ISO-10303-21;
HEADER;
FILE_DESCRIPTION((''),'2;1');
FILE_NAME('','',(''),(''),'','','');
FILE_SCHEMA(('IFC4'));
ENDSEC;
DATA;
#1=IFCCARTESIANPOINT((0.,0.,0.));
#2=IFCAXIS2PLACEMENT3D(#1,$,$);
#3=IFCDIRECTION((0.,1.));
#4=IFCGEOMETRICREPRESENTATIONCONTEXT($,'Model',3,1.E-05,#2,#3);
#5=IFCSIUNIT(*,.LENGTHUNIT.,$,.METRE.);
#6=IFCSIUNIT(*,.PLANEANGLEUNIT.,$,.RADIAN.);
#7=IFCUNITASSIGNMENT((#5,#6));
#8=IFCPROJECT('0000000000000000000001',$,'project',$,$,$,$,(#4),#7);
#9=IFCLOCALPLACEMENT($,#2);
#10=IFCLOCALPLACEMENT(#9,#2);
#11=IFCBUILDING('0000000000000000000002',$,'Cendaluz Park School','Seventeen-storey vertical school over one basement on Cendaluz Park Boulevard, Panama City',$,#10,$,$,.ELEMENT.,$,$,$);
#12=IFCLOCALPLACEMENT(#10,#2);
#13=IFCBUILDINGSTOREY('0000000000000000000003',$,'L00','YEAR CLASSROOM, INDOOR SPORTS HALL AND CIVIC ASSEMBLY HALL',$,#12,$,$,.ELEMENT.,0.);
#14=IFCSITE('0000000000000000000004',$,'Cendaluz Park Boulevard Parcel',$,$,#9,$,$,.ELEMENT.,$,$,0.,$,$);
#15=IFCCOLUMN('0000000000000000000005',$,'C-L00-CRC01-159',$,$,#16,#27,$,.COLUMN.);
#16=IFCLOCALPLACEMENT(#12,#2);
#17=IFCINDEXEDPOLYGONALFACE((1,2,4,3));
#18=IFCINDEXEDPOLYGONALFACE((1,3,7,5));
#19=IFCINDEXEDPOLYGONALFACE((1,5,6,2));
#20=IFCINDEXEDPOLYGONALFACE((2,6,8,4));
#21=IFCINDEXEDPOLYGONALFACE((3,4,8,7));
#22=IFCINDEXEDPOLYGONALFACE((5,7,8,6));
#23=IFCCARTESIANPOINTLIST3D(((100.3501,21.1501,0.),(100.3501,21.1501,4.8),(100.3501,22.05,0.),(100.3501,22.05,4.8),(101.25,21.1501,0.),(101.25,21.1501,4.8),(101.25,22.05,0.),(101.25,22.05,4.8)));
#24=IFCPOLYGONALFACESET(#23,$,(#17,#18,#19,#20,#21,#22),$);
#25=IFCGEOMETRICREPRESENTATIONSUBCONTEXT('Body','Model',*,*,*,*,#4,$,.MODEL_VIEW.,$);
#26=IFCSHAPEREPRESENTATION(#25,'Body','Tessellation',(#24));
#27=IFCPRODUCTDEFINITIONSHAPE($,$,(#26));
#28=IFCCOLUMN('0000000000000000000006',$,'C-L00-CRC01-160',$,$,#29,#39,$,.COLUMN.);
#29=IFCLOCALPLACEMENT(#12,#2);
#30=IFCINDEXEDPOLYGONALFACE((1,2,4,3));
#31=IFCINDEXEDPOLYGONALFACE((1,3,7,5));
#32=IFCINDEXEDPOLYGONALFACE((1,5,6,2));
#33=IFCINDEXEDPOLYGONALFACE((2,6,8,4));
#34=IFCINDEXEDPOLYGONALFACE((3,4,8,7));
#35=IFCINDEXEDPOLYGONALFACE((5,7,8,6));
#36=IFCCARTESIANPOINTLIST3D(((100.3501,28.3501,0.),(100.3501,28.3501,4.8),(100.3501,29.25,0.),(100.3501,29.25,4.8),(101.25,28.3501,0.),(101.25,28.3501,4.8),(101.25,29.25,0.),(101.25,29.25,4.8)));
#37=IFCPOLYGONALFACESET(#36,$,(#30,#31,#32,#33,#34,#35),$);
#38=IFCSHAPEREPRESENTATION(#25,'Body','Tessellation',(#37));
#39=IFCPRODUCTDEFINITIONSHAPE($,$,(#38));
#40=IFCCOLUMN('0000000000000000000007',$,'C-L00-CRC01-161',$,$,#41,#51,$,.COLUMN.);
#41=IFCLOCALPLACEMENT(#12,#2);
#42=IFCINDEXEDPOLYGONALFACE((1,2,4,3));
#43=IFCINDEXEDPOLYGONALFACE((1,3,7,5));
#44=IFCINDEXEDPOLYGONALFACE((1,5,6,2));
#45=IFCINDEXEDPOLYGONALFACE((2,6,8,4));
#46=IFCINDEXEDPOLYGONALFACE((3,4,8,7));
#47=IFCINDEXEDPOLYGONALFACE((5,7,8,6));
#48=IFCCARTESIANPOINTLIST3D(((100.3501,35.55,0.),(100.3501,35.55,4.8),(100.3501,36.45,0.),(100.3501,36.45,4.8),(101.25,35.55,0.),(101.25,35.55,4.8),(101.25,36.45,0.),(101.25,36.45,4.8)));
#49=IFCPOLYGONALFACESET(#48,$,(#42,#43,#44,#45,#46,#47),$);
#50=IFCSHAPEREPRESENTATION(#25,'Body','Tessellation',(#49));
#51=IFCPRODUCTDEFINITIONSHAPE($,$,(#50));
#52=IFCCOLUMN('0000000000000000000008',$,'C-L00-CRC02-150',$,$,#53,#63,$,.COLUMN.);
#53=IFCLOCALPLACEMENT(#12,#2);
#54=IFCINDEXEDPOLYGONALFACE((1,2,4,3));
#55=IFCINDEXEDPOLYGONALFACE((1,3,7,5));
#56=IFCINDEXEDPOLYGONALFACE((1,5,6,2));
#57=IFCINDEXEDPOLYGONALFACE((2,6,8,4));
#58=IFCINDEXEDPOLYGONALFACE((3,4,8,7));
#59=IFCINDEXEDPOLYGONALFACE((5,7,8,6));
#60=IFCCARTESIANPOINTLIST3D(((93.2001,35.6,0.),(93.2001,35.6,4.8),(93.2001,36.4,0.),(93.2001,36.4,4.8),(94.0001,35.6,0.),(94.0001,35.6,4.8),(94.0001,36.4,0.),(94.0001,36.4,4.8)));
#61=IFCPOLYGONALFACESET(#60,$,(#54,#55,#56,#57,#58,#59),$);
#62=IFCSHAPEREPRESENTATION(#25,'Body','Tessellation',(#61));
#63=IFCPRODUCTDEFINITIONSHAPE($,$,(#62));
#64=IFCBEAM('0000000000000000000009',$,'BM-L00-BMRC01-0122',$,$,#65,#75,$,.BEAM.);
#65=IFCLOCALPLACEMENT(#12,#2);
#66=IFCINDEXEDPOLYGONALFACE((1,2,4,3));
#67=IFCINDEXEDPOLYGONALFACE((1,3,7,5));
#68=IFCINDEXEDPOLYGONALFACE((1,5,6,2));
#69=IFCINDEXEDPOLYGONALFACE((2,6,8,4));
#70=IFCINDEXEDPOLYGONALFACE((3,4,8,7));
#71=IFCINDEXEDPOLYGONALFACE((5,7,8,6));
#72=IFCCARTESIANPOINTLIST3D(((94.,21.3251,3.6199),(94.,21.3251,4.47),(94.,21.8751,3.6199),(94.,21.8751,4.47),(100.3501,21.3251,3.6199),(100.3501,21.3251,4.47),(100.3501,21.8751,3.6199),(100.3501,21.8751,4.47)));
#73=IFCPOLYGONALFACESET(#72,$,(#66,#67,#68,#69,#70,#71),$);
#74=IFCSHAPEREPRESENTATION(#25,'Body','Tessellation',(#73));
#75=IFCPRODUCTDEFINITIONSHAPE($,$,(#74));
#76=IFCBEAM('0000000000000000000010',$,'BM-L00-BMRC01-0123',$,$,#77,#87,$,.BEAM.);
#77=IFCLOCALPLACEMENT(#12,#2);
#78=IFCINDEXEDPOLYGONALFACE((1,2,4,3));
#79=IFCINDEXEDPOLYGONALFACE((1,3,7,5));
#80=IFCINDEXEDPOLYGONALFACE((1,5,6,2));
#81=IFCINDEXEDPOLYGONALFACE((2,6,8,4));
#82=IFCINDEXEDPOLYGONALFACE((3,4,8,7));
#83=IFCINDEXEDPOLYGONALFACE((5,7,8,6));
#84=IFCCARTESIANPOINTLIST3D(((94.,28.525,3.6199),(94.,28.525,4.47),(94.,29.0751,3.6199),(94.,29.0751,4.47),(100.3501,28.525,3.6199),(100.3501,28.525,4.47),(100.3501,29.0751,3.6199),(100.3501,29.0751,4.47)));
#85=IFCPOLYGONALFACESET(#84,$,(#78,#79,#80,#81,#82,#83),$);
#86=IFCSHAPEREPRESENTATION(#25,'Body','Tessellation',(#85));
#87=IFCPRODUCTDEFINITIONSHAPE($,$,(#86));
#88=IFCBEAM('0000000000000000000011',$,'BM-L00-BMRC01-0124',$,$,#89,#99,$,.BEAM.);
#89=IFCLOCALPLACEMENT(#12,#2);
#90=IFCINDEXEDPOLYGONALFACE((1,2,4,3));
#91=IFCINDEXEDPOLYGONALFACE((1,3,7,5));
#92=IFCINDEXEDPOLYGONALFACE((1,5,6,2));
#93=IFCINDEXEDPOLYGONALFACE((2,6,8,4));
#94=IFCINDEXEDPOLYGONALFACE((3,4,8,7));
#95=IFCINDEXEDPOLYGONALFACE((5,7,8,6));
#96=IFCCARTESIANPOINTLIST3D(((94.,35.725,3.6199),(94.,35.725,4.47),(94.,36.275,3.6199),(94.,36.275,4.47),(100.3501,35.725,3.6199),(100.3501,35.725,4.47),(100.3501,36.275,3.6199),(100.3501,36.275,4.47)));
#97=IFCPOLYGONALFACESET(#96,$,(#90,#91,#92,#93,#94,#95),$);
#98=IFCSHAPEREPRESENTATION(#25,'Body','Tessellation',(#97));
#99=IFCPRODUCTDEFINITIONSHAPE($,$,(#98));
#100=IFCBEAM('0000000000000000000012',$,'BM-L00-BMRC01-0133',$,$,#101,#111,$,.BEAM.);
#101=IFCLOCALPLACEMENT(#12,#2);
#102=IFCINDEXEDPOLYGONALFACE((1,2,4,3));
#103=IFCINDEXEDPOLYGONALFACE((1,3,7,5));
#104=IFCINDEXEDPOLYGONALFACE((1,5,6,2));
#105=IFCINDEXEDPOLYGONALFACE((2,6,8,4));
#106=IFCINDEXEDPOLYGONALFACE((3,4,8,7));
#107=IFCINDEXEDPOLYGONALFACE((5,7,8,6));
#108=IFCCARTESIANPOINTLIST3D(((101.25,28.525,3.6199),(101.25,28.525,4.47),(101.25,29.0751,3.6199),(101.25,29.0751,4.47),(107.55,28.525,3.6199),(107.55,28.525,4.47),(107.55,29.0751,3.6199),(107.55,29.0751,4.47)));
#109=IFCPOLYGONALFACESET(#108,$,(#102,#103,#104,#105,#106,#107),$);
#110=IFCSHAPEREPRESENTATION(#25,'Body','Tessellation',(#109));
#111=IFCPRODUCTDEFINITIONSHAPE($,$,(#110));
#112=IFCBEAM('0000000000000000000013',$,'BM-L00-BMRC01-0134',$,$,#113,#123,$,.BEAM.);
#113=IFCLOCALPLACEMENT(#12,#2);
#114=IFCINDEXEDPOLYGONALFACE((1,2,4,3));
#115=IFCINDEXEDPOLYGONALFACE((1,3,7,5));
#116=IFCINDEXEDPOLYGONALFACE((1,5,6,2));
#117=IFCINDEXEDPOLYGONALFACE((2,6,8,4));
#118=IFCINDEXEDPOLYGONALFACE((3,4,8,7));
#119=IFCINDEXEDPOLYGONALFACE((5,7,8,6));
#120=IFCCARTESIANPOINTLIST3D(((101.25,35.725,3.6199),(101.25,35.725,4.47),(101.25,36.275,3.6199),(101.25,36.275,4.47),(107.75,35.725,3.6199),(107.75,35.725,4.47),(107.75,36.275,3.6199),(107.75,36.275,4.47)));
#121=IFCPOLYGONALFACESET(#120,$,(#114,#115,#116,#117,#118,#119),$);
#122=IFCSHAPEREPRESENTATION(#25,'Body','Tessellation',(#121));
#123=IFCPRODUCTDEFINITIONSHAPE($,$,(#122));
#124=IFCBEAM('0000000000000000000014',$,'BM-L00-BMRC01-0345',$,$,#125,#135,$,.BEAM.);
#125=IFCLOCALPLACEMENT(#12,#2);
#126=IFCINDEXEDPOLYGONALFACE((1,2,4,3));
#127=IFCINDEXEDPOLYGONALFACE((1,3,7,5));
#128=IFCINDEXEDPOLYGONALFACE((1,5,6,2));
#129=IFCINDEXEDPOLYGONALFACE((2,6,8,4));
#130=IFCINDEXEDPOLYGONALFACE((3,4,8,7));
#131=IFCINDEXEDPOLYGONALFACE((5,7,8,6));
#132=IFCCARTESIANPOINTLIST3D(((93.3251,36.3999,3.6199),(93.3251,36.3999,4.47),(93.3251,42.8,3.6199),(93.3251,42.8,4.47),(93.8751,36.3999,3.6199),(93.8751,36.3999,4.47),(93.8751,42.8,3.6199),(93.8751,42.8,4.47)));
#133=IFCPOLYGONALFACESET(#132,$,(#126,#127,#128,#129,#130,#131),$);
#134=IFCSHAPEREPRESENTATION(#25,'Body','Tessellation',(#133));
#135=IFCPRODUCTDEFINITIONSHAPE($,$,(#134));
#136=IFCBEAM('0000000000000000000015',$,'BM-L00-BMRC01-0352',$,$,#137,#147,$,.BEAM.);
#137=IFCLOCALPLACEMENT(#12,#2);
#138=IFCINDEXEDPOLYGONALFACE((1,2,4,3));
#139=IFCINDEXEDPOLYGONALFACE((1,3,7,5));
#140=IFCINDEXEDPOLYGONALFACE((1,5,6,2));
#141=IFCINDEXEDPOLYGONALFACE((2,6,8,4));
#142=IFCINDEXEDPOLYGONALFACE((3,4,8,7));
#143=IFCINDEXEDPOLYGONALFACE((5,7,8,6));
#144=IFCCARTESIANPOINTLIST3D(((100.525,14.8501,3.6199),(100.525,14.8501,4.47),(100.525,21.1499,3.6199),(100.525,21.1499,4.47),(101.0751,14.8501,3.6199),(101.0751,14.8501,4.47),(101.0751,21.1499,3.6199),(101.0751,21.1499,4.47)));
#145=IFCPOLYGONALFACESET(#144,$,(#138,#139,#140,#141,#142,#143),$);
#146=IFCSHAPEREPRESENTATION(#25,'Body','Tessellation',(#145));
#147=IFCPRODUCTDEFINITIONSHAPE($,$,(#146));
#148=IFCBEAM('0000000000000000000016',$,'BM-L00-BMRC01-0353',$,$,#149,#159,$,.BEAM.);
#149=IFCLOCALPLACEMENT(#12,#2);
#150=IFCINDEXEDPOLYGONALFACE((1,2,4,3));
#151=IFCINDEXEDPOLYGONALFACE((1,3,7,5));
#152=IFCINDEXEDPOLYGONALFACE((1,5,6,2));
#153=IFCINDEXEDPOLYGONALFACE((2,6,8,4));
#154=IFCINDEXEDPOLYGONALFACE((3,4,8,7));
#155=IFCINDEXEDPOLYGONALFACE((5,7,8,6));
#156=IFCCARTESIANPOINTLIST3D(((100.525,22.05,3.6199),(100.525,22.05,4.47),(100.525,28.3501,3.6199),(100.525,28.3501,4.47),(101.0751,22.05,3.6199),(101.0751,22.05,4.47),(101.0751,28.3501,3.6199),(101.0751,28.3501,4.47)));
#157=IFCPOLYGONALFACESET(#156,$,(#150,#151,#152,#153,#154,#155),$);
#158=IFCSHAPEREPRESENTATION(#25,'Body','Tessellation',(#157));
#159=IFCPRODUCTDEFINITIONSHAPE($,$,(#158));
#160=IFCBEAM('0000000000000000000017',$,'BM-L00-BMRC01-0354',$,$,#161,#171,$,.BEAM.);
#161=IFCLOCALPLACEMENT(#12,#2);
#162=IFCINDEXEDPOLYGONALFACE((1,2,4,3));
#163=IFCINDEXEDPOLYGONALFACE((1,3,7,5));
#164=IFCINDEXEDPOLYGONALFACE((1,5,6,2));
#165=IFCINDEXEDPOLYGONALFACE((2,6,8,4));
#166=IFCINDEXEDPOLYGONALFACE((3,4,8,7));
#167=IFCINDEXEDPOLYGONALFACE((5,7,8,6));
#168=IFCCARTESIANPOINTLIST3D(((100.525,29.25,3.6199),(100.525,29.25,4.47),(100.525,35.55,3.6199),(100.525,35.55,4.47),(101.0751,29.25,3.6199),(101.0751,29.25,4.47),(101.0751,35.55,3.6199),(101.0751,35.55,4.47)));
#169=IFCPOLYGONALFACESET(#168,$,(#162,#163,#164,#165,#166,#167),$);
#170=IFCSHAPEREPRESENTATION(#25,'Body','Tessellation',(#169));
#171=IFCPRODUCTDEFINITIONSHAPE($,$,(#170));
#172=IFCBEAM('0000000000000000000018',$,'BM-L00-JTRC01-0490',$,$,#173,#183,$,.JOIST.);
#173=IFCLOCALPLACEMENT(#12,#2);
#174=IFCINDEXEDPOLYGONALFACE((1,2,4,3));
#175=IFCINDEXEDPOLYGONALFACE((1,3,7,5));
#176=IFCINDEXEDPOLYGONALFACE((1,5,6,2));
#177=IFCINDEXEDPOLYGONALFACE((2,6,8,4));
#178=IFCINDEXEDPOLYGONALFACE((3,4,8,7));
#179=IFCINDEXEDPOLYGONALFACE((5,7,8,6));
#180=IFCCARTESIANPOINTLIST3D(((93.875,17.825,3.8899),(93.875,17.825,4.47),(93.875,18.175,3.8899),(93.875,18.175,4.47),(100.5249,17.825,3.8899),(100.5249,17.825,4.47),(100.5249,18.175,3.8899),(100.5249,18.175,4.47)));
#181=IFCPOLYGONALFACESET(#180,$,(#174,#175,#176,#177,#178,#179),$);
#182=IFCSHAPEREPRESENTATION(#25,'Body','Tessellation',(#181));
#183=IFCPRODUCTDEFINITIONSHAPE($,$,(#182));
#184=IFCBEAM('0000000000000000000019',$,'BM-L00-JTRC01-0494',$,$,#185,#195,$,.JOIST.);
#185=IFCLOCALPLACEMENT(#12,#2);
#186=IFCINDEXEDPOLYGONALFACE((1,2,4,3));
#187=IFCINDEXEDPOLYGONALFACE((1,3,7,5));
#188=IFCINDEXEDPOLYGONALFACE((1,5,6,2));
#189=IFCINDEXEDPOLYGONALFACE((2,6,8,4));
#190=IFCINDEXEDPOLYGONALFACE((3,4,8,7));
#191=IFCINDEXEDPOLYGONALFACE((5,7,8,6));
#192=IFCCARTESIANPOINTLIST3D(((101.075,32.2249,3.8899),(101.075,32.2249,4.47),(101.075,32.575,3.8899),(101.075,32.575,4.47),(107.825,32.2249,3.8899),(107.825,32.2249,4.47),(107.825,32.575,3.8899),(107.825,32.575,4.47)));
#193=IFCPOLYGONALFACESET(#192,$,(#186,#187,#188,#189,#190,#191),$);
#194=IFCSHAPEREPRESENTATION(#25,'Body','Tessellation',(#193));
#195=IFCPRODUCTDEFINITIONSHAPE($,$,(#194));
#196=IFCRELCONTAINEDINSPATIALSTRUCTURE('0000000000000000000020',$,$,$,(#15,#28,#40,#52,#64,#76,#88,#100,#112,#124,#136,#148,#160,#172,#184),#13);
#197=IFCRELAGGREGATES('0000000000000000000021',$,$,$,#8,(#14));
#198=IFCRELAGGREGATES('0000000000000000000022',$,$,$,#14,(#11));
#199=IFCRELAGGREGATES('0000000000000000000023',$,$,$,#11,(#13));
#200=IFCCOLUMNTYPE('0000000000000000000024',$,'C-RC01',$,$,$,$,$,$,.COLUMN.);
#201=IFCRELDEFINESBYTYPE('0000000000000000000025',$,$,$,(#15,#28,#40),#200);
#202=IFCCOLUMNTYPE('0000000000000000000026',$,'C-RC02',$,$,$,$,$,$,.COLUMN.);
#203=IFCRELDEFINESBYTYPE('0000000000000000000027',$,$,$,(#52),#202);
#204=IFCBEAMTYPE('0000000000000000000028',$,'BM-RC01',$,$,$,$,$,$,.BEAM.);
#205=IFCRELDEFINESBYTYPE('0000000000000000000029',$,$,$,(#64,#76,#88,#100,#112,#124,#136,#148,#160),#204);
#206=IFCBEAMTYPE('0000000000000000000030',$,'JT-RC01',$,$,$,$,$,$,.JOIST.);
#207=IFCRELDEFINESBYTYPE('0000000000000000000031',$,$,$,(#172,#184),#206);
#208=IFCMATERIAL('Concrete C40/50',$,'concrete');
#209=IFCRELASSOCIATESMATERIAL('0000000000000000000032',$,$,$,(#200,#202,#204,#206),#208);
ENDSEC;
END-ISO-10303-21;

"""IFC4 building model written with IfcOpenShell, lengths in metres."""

from ifc_helpers import new_model, si_unit, direction, frame, origin, origin_2d, place, context, subcontext, project, spatial, rectangle, extrude, material, material_profile, profile_set, type_object, element, save


model = new_model("IFC4")

# Units and contexts
model_context = context("Model", 3, precision=1e-05, world=origin(), true_north=direction((0.0, 1.0)))
body_context = subcontext(model_context, "Body", "Model", "MODEL_VIEW")
ifc_project = project(units=[si_unit("LENGTHUNIT", "METRE"), si_unit("PLANEANGLEUNIT", "RADIAN")], contexts=[model_context])

# Site, building, storey
site_placement = place(None, origin())
site = spatial("IfcSite", under=ifc_project, at=site_placement, Name="Cendaluz Park Boulevard Parcel", CompositionType="ELEMENT", RefElevation=0.0)
building_placement = place(site_placement, origin())
building = spatial("IfcBuilding", under=site, at=building_placement, Name="Cendaluz Park School", Description="Seventeen-storey vertical school over one basement on Cendaluz Park Boulevard, Panama City", CompositionType="ELEMENT")
storey_placement = place(building_placement, origin())
storey = spatial("IfcBuildingStorey", under=building, at=storey_placement, Name="L00", Description="YEAR CLASSROOM, INDOOR SPORTS HALL AND CIVIC ASSEMBLY HALL", CompositionType="ELEMENT", Elevation=0.0)

# Columns
ifc_material_1 = material(Name="Concrete C40/50", Category="concrete")
ifc_material_profile_1 = material_profile(ifc_material_1, rectangle(XDim=0.8999, YDim=0.8999, at=origin_2d()), Name="RC 900x900", Category="concrete")
ifc_profile_set_1 = profile_set([ifc_material_profile_1], Name="Concrete C40/50")
column_type_1 = type_object("IfcColumnType", Name="C-RC01", PredefinedType="COLUMN", material=ifc_profile_set_1)
for number, where, z_axis, x_axis, name in (
    (1, (100.8, 21.6001, 0.0), (0.0, 0.0, 1.0), (1.0, 0.0, 0.0), "C-L00-CRC01-159"),
    (2, (100.8, 28.8, 0.0), (0.0, 0.0, 1.0), (1.0, 0.0, 0.0), "C-L00-CRC01-160"),
    (3, (100.8, 36.0, 0.0), (0.0, 0.0, 1.0), (1.0, 0.0, 0.0), "C-L00-CRC01-161"),
):
    element("IfcColumn", number, at=place(storey_placement, frame(where, z_axis=z_axis, x_axis=x_axis)), inside=storey, type_object=column_type_1, Name=name, PredefinedType="COLUMN", context=body_context, shape_type="SweptSolid", body=[
        extrude(rectangle(XDim=0.8999, YDim=0.8999, at=origin_2d()), origin(), (0.0, 0.0, 1.0), 4.8),
    ])
ifc_material_profile_2 = material_profile(ifc_material_1, rectangle(XDim=0.8, YDim=0.8, at=origin_2d()), Name="RC 800x800", Category="concrete")
ifc_profile_set_2 = profile_set([ifc_material_profile_2], Name="Concrete C40/50")
column_type_2 = type_object("IfcColumnType", Name="C-RC02", PredefinedType="COLUMN", material=ifc_profile_set_2)
column_placement = place(storey_placement, frame((93.6001, 36.0, 0.0), z_axis=(0.0, 0.0, 1.0), x_axis=(1.0, 0.0, 0.0)))
element("IfcColumn", 4, at=column_placement, inside=storey, type_object=column_type_2, Name="C-L00-CRC02-150", PredefinedType="COLUMN", context=body_context, shape_type="SweptSolid", body=[
    extrude(rectangle(XDim=0.8, YDim=0.8, at=origin_2d()), origin(), (0.0, 0.0, 1.0), 4.8),
])

# Beams
ifc_material_profile_3 = material_profile(ifc_material_1, rectangle(XDim=0.55, YDim=0.8501, at=origin_2d()), Name="RC 550x850", Category="concrete")
ifc_profile_set_3 = profile_set([ifc_material_profile_3], Name="Concrete C40/50")
beam_type_1 = type_object("IfcBeamType", Name="BM-RC01", PredefinedType="BEAM", material=ifc_profile_set_3)
for number, where, z_axis, x_axis, name in (
    (5, (94.0, 21.6001, 4.0449), (1.0, 0.0, 0.0), (0.0, 1.0, 0.0), "BM-L00-BMRC01-0122"),
    (6, (94.0, 28.8, 4.0449), (1.0, 0.0, 0.0), (0.0, 1.0, 0.0), "BM-L00-BMRC01-0123"),
    (7, (94.0, 36.0, 4.0449), (1.0, 0.0, 0.0), (0.0, 1.0, 0.0), "BM-L00-BMRC01-0124"),
):
    element("IfcBeam", number, at=place(storey_placement, frame(where, z_axis=z_axis, x_axis=x_axis)), inside=storey, type_object=beam_type_1, Name=name, PredefinedType="BEAM", context=body_context, shape_type="SweptSolid", body=[
        extrude(rectangle(XDim=0.55, YDim=0.8501, at=origin_2d()), origin(), (0.0, 0.0, 1.0), 6.3501),
    ])
beam_1_placement = place(storey_placement, frame((101.25, 28.8, 4.0449), z_axis=(1.0, 0.0, 0.0), x_axis=(0.0, 1.0, 0.0)))
element("IfcBeam", 8, at=beam_1_placement, inside=storey, type_object=beam_type_1, Name="BM-L00-BMRC01-0133", PredefinedType="BEAM", context=body_context, shape_type="SweptSolid", body=[
    extrude(rectangle(XDim=0.55, YDim=0.8501, at=origin_2d()), origin(), (0.0, 0.0, 1.0), 6.3),
])
beam_2_placement = place(storey_placement, frame((101.25, 36.0, 4.0449), z_axis=(1.0, 0.0, 0.0), x_axis=(0.0, 1.0, 0.0)))
element("IfcBeam", 9, at=beam_2_placement, inside=storey, type_object=beam_type_1, Name="BM-L00-BMRC01-0134", PredefinedType="BEAM", context=body_context, shape_type="SweptSolid", body=[
    extrude(rectangle(XDim=0.55, YDim=0.8501, at=origin_2d()), origin(), (0.0, 0.0, 1.0), 6.5),
])
beam_3_placement = place(storey_placement, frame((93.6001, 36.3999, 4.0449), z_axis=(0.0, 1.0, 0.0), x_axis=(-1.0, 0.0, 0.0)))
element("IfcBeam", 10, at=beam_3_placement, inside=storey, type_object=beam_type_1, Name="BM-L00-BMRC01-0345", PredefinedType="BEAM", context=body_context, shape_type="SweptSolid", body=[
    extrude(rectangle(XDim=0.55, YDim=0.8501, at=origin_2d()), origin(), (0.0, 0.0, 1.0), 6.4001),
])
beam_4_placement = place(storey_placement, frame((100.8, 14.8501, 4.0449), z_axis=(0.0, 1.0, 0.0), x_axis=(-1.0, 0.0, 0.0)))
element("IfcBeam", 11, at=beam_4_placement, inside=storey, type_object=beam_type_1, Name="BM-L00-BMRC01-0352", PredefinedType="BEAM", context=body_context, shape_type="SweptSolid", body=[
    extrude(rectangle(XDim=0.55, YDim=0.8501, at=origin_2d()), origin(), (0.0, 0.0, 1.0), 6.2998),
])
for number, where, z_axis, x_axis, name in (
    (12, (100.8, 22.05, 4.0449), (0.0, 1.0, 0.0), (-1.0, 0.0, 0.0), "BM-L00-BMRC01-0353"),
    (13, (100.8, 29.25, 4.0449), (0.0, 1.0, 0.0), (-1.0, 0.0, 0.0), "BM-L00-BMRC01-0354"),
):
    element("IfcBeam", number, at=place(storey_placement, frame(where, z_axis=z_axis, x_axis=x_axis)), inside=storey, type_object=beam_type_1, Name=name, PredefinedType="BEAM", context=body_context, shape_type="SweptSolid", body=[
        extrude(rectangle(XDim=0.55, YDim=0.8501, at=origin_2d()), origin(), (0.0, 0.0, 1.0), 6.3),
    ])
ifc_material_profile_4 = material_profile(ifc_material_1, rectangle(XDim=0.3501, YDim=0.5801, at=origin_2d()), Name="RC 350x580", Category="concrete")
ifc_profile_set_4 = profile_set([ifc_material_profile_4], Name="Concrete C40/50")
beam_type_2 = type_object("IfcBeamType", Name="JT-RC01", PredefinedType="JOIST", material=ifc_profile_set_4)
beam_5_placement = place(storey_placement, frame((93.875, 18.0, 4.1799), z_axis=(1.0, 0.0, 0.0), x_axis=(0.0, 1.0, 0.0)))
element("IfcBeam", 14, at=beam_5_placement, inside=storey, type_object=beam_type_2, Name="BM-L00-JTRC01-0490", PredefinedType="JOIST", context=body_context, shape_type="SweptSolid", body=[
    extrude(rectangle(XDim=0.3501, YDim=0.5801, at=origin_2d()), origin(), (0.0, 0.0, 1.0), 6.6499),
])
beam_6_placement = place(storey_placement, frame((101.075, 32.3999, 4.1799), z_axis=(1.0, 0.0, 0.0), x_axis=(0.0, 1.0, 0.0)))
element("IfcBeam", 15, at=beam_6_placement, inside=storey, type_object=beam_type_2, Name="BM-L00-JTRC01-0494", PredefinedType="JOIST", context=body_context, shape_type="SweptSolid", body=[
    extrude(rectangle(XDim=0.3501, YDim=0.5801, at=origin_2d()), origin(), (0.0, 0.0, 1.0), 6.75),
])

save(model, "model.ifc")
